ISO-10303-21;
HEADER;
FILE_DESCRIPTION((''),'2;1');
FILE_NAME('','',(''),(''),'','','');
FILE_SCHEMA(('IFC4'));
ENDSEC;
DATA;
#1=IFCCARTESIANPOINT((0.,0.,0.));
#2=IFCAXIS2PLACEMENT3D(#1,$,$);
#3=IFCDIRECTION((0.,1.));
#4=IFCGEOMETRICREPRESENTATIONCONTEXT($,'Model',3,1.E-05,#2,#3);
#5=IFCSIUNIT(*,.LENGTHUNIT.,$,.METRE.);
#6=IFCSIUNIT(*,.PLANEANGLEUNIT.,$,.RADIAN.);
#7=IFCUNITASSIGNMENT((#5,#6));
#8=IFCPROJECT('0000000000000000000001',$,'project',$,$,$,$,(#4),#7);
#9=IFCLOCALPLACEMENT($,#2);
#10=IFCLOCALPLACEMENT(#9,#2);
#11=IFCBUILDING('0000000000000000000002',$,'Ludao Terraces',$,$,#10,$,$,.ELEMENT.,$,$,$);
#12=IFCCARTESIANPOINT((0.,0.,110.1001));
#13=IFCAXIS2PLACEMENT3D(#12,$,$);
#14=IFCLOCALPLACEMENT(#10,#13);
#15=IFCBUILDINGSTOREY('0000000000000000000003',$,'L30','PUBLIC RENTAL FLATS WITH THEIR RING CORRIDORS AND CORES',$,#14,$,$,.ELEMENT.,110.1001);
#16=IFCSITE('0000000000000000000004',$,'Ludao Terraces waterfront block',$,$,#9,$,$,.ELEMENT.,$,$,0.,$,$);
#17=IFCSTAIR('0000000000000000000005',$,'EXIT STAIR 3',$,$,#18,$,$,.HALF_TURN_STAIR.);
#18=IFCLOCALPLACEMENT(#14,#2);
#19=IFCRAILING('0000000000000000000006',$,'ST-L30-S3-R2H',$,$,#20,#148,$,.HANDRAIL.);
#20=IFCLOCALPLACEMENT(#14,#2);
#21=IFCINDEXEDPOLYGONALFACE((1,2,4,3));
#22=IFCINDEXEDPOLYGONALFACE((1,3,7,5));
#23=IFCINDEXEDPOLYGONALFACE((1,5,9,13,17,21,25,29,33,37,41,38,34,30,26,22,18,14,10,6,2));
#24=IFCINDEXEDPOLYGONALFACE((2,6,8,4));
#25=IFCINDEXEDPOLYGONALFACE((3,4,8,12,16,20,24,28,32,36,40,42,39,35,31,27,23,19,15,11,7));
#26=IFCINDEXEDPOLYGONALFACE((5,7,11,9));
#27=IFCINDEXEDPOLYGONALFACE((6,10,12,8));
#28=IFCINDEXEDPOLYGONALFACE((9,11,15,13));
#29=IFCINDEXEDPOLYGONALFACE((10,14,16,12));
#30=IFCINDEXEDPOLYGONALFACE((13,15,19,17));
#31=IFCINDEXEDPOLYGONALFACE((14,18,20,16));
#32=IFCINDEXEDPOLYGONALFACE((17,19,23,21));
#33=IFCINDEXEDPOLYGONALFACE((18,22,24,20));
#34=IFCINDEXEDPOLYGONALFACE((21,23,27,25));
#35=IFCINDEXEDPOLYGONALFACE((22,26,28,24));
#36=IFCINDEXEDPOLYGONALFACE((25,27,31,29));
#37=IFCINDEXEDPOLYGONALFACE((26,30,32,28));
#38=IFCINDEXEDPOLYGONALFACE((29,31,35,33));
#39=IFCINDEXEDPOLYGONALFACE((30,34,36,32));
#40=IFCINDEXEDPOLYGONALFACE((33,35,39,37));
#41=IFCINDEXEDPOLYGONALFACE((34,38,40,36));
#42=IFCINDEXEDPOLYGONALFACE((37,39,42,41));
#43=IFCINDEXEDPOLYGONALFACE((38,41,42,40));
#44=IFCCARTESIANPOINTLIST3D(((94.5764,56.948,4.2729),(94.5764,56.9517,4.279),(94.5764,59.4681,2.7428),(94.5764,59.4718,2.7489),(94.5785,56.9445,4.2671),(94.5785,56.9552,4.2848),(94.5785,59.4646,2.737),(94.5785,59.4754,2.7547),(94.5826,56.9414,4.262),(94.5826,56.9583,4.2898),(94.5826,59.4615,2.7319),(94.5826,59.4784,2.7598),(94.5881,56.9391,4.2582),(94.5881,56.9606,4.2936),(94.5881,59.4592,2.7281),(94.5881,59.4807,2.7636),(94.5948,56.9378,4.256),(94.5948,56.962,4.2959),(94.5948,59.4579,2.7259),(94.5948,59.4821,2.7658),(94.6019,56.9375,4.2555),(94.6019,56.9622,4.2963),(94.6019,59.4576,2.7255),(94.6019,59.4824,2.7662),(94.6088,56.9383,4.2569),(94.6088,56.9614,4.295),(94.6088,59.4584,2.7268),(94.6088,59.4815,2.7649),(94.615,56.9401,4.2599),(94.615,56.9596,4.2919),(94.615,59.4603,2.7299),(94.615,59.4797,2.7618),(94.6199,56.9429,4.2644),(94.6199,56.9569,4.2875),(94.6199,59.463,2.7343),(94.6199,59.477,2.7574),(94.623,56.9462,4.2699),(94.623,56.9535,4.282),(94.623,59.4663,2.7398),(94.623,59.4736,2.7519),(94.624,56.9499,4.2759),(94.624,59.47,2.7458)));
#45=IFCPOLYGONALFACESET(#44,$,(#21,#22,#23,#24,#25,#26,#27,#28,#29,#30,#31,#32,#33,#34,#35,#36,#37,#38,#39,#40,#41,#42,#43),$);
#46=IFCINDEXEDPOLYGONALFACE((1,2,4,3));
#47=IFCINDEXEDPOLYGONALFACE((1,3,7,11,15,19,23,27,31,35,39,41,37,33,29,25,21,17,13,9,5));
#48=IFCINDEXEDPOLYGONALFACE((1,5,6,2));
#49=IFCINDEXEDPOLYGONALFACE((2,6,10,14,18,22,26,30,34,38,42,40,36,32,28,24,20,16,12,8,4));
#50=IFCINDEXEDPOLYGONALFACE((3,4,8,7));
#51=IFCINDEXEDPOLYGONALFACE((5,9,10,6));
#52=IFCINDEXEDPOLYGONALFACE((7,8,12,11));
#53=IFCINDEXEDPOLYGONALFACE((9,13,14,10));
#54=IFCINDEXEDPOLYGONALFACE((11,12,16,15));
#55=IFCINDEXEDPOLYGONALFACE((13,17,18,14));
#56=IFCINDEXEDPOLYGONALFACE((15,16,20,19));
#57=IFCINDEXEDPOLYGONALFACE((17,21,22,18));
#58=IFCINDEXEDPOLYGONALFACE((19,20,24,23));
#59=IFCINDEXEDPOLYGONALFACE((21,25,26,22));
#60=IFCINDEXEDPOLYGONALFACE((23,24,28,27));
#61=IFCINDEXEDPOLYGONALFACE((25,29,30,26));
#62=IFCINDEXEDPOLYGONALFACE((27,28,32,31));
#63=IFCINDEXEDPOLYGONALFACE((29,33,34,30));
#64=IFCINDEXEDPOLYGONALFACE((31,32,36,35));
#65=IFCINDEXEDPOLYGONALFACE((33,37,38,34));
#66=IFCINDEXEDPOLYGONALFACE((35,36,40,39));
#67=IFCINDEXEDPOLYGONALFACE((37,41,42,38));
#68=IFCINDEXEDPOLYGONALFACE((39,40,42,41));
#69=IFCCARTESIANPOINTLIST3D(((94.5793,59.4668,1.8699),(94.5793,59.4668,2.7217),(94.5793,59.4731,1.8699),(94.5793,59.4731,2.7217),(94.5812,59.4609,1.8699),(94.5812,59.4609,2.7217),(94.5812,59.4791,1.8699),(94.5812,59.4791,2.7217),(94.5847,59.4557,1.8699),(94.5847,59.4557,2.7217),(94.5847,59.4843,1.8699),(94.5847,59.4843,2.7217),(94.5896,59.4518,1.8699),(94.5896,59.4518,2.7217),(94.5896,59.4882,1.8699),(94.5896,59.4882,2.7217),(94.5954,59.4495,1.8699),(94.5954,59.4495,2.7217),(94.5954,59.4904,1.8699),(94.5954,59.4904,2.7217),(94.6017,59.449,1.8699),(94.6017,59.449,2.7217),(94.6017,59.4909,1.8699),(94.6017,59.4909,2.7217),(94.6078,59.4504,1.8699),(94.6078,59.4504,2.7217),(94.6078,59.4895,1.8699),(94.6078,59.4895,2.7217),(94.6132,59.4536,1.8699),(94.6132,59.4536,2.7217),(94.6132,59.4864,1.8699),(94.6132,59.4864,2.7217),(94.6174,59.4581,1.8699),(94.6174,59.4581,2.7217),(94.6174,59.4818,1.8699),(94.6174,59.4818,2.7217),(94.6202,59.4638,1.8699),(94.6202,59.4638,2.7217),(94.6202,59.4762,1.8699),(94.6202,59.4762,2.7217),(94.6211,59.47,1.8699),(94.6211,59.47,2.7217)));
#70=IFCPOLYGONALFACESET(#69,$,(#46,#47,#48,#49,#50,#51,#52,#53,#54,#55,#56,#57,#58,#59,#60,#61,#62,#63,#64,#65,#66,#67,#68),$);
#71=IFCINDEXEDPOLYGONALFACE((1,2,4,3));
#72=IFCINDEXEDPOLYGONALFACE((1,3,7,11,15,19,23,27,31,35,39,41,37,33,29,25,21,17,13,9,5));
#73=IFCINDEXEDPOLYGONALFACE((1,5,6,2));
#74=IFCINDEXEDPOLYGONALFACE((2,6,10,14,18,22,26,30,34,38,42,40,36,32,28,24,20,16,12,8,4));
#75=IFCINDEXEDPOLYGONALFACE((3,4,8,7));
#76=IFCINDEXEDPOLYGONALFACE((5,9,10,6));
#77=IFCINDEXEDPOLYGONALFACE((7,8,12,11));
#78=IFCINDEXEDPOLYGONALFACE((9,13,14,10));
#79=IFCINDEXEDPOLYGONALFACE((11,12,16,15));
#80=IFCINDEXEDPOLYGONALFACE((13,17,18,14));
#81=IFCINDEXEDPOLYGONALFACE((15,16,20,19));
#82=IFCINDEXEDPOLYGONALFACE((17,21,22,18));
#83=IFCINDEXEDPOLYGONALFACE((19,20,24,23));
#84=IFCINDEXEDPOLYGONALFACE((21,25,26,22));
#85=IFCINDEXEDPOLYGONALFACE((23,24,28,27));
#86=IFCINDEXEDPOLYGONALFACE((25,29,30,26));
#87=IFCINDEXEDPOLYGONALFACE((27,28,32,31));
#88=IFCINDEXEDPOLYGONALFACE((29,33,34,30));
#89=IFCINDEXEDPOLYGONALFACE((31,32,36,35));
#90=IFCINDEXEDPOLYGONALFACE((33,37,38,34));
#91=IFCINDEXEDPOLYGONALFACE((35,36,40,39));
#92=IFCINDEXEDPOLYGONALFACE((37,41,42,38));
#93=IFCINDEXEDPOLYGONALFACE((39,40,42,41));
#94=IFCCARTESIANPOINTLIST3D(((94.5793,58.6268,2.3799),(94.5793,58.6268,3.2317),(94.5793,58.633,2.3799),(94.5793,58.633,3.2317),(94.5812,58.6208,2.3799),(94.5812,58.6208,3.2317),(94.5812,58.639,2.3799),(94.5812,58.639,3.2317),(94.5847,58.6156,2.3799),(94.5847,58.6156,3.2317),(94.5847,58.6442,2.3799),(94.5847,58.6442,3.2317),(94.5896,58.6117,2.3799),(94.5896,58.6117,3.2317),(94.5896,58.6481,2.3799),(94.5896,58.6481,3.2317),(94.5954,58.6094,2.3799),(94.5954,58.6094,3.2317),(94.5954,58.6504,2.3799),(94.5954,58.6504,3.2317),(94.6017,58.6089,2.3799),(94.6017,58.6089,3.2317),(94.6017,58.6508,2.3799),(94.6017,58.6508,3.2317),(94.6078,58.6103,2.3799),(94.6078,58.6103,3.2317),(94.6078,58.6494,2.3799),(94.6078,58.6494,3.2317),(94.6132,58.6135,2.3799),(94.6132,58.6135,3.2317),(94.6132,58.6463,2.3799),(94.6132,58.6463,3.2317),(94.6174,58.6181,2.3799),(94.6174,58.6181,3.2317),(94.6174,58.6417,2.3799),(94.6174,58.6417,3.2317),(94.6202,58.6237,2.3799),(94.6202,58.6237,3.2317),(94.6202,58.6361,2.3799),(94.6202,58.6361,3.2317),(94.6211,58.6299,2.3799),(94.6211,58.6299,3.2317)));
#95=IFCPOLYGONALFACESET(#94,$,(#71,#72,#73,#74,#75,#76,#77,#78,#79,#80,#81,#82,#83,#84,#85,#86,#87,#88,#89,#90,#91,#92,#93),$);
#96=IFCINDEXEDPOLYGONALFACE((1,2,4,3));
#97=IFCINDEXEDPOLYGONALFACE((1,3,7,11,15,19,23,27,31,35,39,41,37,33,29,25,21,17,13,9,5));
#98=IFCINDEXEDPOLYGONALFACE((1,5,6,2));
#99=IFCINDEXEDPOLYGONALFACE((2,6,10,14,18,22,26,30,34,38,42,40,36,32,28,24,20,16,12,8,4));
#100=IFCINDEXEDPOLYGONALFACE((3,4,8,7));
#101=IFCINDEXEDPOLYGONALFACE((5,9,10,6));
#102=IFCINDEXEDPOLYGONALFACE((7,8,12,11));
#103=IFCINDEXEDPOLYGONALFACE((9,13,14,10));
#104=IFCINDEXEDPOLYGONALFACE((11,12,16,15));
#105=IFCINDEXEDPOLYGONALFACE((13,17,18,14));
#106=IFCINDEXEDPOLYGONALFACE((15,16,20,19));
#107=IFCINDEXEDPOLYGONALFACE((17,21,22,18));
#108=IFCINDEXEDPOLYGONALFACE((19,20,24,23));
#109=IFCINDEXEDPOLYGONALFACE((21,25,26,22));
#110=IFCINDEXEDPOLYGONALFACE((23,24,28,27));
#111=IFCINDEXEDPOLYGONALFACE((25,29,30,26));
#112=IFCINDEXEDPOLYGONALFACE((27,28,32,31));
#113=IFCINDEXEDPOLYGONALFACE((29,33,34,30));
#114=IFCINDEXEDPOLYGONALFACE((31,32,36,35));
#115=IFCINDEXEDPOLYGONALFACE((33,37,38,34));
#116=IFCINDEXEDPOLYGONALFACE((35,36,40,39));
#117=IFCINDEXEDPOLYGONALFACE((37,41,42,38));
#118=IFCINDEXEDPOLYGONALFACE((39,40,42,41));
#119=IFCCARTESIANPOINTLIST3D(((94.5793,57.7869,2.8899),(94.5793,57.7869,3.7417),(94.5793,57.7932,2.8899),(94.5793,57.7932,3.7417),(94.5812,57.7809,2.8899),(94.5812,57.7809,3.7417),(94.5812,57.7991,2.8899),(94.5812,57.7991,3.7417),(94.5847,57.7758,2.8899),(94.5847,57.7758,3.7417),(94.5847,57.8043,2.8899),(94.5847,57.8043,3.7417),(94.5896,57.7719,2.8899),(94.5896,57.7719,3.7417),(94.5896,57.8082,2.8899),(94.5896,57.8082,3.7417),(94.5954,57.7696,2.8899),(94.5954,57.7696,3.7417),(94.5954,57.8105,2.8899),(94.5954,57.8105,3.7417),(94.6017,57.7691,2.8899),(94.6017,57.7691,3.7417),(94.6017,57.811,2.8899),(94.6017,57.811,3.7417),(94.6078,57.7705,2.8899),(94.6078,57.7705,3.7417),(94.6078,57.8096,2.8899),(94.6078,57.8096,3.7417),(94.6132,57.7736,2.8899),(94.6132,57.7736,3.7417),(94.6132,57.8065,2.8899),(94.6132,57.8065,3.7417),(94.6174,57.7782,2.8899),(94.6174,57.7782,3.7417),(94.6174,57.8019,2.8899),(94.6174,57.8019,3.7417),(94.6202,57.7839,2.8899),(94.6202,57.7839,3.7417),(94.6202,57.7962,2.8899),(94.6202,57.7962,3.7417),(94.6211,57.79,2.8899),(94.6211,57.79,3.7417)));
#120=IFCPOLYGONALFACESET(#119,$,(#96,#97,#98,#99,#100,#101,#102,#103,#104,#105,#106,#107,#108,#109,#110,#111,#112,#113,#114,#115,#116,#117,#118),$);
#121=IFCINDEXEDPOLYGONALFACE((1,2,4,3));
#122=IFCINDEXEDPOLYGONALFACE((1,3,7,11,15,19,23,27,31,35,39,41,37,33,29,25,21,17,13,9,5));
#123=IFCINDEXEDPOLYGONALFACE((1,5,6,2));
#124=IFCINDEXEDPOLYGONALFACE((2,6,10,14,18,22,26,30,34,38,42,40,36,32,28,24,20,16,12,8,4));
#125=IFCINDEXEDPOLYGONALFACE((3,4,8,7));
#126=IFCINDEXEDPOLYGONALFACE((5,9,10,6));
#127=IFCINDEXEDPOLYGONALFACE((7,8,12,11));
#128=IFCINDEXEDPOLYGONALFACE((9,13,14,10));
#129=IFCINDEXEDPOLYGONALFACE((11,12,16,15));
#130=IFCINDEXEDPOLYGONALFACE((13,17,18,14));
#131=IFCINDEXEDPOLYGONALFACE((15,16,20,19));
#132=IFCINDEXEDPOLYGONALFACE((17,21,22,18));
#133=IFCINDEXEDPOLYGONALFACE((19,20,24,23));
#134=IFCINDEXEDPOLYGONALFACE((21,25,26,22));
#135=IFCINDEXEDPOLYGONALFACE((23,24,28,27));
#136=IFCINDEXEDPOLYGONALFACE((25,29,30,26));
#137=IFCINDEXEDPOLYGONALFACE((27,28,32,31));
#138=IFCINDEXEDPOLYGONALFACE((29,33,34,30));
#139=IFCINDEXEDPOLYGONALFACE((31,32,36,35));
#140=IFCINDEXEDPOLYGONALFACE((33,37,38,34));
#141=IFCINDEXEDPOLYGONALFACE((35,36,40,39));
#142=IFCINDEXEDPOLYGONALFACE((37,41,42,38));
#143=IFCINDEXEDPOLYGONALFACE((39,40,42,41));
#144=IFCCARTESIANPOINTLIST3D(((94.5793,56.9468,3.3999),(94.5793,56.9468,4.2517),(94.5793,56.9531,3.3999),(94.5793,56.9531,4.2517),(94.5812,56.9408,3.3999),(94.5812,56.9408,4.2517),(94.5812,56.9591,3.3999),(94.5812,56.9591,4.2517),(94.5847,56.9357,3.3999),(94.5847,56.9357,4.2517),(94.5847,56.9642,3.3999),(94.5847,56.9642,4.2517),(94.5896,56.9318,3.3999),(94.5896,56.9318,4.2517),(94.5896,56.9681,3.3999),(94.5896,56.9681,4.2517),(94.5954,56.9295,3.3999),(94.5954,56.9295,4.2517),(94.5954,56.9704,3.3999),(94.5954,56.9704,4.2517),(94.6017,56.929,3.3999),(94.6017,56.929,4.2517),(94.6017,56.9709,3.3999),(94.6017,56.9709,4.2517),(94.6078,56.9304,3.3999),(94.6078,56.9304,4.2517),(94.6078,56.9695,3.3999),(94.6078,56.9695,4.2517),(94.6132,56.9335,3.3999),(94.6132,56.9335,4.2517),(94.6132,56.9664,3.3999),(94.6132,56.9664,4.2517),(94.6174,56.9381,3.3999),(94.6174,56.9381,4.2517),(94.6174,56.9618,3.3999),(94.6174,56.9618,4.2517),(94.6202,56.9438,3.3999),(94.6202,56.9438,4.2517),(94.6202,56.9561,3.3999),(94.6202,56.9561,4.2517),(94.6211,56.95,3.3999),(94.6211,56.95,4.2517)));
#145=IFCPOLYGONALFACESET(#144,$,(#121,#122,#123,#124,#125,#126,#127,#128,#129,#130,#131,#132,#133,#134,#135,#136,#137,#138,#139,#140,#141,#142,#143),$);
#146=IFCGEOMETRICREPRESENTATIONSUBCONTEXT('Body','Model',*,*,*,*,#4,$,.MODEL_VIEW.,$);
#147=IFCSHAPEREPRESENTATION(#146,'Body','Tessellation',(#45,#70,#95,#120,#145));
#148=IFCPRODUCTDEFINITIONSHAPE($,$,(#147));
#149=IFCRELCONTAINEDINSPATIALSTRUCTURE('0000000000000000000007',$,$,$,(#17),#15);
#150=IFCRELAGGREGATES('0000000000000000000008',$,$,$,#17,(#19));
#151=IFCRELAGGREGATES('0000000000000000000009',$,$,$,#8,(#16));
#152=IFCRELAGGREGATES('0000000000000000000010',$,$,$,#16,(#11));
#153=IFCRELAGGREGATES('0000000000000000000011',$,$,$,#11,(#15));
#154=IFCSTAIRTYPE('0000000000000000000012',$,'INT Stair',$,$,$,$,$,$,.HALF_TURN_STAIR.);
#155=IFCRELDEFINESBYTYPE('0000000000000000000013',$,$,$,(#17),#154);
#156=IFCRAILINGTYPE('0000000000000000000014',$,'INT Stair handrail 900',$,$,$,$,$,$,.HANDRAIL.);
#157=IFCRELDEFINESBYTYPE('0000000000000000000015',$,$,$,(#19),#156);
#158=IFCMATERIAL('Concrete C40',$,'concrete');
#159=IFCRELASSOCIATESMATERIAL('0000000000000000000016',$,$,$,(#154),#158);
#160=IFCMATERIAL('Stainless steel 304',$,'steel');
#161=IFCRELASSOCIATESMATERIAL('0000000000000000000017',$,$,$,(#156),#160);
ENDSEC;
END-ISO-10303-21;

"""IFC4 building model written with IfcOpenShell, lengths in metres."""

from ifc_helpers import new_model, si_unit, direction, frame, origin, origin_2d, place, context, subcontext, project, spatial, circle, extrude, material, type_object, element, aggregate, save


model = new_model("IFC4")

# Units and contexts
model_context = context("Model", 3, precision=1e-05, world=origin(), true_north=direction((0.0, 1.0)))
body_context = subcontext(model_context, "Body", "Model", "MODEL_VIEW")
ifc_project = project(units=[si_unit("LENGTHUNIT", "METRE"), si_unit("PLANEANGLEUNIT", "RADIAN")], contexts=[model_context])

# Site, building, storey
site_placement = place(None, origin())
site = spatial("IfcSite", under=ifc_project, at=site_placement, Name="Ludao Terraces waterfront block", CompositionType="ELEMENT", RefElevation=0.0)
building_placement = place(site_placement, origin())
building = spatial("IfcBuilding", under=site, at=building_placement, Name="Ludao Terraces", CompositionType="ELEMENT")
storey_placement = place(building_placement, frame((0.0, 0.0, 110.1001)))
storey = spatial("IfcBuildingStorey", under=building, at=storey_placement, Name="L30", Description="PUBLIC RENTAL FLATS WITH THEIR RING CORRIDORS AND CORES", CompositionType="ELEMENT", Elevation=110.1001)

# Shared definitions
ifc_material_1 = material(Name="Concrete C40", Category="concrete")

# Stair, railing
stair_type = type_object("IfcStairType", Name="INT Stair", PredefinedType="HALF_TURN_STAIR", material=ifc_material_1)
stair_placement = place(storey_placement, origin())
stair = element("IfcStair", 1, at=stair_placement, inside=storey, type_object=stair_type, Name="EXIT STAIR 3", PredefinedType="HALF_TURN_STAIR")
ifc_material_2 = material(Name="Stainless steel 304", Category="steel")
railing_type_1 = type_object("IfcRailingType", Name="INT Stair handrail 900", PredefinedType="HANDRAIL", material=ifc_material_2)
railing_1_placement = place(storey_placement, frame((94.6001, 59.47, 1.8699)))
railing_1 = element("IfcRailing", 2, at=railing_1_placement, type_object=railing_type_1, Name="ST-L30-S3-R2H", PredefinedType="HANDRAIL", context=body_context, shape_type="SweptSolid", body=[
    extrude(circle(Radius=0.0239, at=origin_2d()), frame((0.0, 0.0, 0.876), z_axis=(0.0, -0.854785, 0.518982), x_axis=(1.0, 0.0, 0.0)), (0.0, 0.0, 1.0), 2.9482),
    extrude(circle(Radius=0.021, at=origin_2d()), origin(), (0.0, 0.0, 1.0), 0.8518),
    extrude(circle(Radius=0.021, at=origin_2d()), frame((0.0, -0.8401, 0.51)), (0.0, 0.0, 1.0), 0.8518),
    extrude(circle(Radius=0.021, at=origin_2d()), frame((0.0, -1.6799, 1.02)), (0.0, 0.0, 1.0), 0.8518),
    extrude(circle(Radius=0.021, at=origin_2d()), frame((0.0, -2.52, 1.53)), (0.0, 0.0, 1.0), 0.8518),
])
aggregate(stair, [railing_1])

save(model, "model.ifc")
